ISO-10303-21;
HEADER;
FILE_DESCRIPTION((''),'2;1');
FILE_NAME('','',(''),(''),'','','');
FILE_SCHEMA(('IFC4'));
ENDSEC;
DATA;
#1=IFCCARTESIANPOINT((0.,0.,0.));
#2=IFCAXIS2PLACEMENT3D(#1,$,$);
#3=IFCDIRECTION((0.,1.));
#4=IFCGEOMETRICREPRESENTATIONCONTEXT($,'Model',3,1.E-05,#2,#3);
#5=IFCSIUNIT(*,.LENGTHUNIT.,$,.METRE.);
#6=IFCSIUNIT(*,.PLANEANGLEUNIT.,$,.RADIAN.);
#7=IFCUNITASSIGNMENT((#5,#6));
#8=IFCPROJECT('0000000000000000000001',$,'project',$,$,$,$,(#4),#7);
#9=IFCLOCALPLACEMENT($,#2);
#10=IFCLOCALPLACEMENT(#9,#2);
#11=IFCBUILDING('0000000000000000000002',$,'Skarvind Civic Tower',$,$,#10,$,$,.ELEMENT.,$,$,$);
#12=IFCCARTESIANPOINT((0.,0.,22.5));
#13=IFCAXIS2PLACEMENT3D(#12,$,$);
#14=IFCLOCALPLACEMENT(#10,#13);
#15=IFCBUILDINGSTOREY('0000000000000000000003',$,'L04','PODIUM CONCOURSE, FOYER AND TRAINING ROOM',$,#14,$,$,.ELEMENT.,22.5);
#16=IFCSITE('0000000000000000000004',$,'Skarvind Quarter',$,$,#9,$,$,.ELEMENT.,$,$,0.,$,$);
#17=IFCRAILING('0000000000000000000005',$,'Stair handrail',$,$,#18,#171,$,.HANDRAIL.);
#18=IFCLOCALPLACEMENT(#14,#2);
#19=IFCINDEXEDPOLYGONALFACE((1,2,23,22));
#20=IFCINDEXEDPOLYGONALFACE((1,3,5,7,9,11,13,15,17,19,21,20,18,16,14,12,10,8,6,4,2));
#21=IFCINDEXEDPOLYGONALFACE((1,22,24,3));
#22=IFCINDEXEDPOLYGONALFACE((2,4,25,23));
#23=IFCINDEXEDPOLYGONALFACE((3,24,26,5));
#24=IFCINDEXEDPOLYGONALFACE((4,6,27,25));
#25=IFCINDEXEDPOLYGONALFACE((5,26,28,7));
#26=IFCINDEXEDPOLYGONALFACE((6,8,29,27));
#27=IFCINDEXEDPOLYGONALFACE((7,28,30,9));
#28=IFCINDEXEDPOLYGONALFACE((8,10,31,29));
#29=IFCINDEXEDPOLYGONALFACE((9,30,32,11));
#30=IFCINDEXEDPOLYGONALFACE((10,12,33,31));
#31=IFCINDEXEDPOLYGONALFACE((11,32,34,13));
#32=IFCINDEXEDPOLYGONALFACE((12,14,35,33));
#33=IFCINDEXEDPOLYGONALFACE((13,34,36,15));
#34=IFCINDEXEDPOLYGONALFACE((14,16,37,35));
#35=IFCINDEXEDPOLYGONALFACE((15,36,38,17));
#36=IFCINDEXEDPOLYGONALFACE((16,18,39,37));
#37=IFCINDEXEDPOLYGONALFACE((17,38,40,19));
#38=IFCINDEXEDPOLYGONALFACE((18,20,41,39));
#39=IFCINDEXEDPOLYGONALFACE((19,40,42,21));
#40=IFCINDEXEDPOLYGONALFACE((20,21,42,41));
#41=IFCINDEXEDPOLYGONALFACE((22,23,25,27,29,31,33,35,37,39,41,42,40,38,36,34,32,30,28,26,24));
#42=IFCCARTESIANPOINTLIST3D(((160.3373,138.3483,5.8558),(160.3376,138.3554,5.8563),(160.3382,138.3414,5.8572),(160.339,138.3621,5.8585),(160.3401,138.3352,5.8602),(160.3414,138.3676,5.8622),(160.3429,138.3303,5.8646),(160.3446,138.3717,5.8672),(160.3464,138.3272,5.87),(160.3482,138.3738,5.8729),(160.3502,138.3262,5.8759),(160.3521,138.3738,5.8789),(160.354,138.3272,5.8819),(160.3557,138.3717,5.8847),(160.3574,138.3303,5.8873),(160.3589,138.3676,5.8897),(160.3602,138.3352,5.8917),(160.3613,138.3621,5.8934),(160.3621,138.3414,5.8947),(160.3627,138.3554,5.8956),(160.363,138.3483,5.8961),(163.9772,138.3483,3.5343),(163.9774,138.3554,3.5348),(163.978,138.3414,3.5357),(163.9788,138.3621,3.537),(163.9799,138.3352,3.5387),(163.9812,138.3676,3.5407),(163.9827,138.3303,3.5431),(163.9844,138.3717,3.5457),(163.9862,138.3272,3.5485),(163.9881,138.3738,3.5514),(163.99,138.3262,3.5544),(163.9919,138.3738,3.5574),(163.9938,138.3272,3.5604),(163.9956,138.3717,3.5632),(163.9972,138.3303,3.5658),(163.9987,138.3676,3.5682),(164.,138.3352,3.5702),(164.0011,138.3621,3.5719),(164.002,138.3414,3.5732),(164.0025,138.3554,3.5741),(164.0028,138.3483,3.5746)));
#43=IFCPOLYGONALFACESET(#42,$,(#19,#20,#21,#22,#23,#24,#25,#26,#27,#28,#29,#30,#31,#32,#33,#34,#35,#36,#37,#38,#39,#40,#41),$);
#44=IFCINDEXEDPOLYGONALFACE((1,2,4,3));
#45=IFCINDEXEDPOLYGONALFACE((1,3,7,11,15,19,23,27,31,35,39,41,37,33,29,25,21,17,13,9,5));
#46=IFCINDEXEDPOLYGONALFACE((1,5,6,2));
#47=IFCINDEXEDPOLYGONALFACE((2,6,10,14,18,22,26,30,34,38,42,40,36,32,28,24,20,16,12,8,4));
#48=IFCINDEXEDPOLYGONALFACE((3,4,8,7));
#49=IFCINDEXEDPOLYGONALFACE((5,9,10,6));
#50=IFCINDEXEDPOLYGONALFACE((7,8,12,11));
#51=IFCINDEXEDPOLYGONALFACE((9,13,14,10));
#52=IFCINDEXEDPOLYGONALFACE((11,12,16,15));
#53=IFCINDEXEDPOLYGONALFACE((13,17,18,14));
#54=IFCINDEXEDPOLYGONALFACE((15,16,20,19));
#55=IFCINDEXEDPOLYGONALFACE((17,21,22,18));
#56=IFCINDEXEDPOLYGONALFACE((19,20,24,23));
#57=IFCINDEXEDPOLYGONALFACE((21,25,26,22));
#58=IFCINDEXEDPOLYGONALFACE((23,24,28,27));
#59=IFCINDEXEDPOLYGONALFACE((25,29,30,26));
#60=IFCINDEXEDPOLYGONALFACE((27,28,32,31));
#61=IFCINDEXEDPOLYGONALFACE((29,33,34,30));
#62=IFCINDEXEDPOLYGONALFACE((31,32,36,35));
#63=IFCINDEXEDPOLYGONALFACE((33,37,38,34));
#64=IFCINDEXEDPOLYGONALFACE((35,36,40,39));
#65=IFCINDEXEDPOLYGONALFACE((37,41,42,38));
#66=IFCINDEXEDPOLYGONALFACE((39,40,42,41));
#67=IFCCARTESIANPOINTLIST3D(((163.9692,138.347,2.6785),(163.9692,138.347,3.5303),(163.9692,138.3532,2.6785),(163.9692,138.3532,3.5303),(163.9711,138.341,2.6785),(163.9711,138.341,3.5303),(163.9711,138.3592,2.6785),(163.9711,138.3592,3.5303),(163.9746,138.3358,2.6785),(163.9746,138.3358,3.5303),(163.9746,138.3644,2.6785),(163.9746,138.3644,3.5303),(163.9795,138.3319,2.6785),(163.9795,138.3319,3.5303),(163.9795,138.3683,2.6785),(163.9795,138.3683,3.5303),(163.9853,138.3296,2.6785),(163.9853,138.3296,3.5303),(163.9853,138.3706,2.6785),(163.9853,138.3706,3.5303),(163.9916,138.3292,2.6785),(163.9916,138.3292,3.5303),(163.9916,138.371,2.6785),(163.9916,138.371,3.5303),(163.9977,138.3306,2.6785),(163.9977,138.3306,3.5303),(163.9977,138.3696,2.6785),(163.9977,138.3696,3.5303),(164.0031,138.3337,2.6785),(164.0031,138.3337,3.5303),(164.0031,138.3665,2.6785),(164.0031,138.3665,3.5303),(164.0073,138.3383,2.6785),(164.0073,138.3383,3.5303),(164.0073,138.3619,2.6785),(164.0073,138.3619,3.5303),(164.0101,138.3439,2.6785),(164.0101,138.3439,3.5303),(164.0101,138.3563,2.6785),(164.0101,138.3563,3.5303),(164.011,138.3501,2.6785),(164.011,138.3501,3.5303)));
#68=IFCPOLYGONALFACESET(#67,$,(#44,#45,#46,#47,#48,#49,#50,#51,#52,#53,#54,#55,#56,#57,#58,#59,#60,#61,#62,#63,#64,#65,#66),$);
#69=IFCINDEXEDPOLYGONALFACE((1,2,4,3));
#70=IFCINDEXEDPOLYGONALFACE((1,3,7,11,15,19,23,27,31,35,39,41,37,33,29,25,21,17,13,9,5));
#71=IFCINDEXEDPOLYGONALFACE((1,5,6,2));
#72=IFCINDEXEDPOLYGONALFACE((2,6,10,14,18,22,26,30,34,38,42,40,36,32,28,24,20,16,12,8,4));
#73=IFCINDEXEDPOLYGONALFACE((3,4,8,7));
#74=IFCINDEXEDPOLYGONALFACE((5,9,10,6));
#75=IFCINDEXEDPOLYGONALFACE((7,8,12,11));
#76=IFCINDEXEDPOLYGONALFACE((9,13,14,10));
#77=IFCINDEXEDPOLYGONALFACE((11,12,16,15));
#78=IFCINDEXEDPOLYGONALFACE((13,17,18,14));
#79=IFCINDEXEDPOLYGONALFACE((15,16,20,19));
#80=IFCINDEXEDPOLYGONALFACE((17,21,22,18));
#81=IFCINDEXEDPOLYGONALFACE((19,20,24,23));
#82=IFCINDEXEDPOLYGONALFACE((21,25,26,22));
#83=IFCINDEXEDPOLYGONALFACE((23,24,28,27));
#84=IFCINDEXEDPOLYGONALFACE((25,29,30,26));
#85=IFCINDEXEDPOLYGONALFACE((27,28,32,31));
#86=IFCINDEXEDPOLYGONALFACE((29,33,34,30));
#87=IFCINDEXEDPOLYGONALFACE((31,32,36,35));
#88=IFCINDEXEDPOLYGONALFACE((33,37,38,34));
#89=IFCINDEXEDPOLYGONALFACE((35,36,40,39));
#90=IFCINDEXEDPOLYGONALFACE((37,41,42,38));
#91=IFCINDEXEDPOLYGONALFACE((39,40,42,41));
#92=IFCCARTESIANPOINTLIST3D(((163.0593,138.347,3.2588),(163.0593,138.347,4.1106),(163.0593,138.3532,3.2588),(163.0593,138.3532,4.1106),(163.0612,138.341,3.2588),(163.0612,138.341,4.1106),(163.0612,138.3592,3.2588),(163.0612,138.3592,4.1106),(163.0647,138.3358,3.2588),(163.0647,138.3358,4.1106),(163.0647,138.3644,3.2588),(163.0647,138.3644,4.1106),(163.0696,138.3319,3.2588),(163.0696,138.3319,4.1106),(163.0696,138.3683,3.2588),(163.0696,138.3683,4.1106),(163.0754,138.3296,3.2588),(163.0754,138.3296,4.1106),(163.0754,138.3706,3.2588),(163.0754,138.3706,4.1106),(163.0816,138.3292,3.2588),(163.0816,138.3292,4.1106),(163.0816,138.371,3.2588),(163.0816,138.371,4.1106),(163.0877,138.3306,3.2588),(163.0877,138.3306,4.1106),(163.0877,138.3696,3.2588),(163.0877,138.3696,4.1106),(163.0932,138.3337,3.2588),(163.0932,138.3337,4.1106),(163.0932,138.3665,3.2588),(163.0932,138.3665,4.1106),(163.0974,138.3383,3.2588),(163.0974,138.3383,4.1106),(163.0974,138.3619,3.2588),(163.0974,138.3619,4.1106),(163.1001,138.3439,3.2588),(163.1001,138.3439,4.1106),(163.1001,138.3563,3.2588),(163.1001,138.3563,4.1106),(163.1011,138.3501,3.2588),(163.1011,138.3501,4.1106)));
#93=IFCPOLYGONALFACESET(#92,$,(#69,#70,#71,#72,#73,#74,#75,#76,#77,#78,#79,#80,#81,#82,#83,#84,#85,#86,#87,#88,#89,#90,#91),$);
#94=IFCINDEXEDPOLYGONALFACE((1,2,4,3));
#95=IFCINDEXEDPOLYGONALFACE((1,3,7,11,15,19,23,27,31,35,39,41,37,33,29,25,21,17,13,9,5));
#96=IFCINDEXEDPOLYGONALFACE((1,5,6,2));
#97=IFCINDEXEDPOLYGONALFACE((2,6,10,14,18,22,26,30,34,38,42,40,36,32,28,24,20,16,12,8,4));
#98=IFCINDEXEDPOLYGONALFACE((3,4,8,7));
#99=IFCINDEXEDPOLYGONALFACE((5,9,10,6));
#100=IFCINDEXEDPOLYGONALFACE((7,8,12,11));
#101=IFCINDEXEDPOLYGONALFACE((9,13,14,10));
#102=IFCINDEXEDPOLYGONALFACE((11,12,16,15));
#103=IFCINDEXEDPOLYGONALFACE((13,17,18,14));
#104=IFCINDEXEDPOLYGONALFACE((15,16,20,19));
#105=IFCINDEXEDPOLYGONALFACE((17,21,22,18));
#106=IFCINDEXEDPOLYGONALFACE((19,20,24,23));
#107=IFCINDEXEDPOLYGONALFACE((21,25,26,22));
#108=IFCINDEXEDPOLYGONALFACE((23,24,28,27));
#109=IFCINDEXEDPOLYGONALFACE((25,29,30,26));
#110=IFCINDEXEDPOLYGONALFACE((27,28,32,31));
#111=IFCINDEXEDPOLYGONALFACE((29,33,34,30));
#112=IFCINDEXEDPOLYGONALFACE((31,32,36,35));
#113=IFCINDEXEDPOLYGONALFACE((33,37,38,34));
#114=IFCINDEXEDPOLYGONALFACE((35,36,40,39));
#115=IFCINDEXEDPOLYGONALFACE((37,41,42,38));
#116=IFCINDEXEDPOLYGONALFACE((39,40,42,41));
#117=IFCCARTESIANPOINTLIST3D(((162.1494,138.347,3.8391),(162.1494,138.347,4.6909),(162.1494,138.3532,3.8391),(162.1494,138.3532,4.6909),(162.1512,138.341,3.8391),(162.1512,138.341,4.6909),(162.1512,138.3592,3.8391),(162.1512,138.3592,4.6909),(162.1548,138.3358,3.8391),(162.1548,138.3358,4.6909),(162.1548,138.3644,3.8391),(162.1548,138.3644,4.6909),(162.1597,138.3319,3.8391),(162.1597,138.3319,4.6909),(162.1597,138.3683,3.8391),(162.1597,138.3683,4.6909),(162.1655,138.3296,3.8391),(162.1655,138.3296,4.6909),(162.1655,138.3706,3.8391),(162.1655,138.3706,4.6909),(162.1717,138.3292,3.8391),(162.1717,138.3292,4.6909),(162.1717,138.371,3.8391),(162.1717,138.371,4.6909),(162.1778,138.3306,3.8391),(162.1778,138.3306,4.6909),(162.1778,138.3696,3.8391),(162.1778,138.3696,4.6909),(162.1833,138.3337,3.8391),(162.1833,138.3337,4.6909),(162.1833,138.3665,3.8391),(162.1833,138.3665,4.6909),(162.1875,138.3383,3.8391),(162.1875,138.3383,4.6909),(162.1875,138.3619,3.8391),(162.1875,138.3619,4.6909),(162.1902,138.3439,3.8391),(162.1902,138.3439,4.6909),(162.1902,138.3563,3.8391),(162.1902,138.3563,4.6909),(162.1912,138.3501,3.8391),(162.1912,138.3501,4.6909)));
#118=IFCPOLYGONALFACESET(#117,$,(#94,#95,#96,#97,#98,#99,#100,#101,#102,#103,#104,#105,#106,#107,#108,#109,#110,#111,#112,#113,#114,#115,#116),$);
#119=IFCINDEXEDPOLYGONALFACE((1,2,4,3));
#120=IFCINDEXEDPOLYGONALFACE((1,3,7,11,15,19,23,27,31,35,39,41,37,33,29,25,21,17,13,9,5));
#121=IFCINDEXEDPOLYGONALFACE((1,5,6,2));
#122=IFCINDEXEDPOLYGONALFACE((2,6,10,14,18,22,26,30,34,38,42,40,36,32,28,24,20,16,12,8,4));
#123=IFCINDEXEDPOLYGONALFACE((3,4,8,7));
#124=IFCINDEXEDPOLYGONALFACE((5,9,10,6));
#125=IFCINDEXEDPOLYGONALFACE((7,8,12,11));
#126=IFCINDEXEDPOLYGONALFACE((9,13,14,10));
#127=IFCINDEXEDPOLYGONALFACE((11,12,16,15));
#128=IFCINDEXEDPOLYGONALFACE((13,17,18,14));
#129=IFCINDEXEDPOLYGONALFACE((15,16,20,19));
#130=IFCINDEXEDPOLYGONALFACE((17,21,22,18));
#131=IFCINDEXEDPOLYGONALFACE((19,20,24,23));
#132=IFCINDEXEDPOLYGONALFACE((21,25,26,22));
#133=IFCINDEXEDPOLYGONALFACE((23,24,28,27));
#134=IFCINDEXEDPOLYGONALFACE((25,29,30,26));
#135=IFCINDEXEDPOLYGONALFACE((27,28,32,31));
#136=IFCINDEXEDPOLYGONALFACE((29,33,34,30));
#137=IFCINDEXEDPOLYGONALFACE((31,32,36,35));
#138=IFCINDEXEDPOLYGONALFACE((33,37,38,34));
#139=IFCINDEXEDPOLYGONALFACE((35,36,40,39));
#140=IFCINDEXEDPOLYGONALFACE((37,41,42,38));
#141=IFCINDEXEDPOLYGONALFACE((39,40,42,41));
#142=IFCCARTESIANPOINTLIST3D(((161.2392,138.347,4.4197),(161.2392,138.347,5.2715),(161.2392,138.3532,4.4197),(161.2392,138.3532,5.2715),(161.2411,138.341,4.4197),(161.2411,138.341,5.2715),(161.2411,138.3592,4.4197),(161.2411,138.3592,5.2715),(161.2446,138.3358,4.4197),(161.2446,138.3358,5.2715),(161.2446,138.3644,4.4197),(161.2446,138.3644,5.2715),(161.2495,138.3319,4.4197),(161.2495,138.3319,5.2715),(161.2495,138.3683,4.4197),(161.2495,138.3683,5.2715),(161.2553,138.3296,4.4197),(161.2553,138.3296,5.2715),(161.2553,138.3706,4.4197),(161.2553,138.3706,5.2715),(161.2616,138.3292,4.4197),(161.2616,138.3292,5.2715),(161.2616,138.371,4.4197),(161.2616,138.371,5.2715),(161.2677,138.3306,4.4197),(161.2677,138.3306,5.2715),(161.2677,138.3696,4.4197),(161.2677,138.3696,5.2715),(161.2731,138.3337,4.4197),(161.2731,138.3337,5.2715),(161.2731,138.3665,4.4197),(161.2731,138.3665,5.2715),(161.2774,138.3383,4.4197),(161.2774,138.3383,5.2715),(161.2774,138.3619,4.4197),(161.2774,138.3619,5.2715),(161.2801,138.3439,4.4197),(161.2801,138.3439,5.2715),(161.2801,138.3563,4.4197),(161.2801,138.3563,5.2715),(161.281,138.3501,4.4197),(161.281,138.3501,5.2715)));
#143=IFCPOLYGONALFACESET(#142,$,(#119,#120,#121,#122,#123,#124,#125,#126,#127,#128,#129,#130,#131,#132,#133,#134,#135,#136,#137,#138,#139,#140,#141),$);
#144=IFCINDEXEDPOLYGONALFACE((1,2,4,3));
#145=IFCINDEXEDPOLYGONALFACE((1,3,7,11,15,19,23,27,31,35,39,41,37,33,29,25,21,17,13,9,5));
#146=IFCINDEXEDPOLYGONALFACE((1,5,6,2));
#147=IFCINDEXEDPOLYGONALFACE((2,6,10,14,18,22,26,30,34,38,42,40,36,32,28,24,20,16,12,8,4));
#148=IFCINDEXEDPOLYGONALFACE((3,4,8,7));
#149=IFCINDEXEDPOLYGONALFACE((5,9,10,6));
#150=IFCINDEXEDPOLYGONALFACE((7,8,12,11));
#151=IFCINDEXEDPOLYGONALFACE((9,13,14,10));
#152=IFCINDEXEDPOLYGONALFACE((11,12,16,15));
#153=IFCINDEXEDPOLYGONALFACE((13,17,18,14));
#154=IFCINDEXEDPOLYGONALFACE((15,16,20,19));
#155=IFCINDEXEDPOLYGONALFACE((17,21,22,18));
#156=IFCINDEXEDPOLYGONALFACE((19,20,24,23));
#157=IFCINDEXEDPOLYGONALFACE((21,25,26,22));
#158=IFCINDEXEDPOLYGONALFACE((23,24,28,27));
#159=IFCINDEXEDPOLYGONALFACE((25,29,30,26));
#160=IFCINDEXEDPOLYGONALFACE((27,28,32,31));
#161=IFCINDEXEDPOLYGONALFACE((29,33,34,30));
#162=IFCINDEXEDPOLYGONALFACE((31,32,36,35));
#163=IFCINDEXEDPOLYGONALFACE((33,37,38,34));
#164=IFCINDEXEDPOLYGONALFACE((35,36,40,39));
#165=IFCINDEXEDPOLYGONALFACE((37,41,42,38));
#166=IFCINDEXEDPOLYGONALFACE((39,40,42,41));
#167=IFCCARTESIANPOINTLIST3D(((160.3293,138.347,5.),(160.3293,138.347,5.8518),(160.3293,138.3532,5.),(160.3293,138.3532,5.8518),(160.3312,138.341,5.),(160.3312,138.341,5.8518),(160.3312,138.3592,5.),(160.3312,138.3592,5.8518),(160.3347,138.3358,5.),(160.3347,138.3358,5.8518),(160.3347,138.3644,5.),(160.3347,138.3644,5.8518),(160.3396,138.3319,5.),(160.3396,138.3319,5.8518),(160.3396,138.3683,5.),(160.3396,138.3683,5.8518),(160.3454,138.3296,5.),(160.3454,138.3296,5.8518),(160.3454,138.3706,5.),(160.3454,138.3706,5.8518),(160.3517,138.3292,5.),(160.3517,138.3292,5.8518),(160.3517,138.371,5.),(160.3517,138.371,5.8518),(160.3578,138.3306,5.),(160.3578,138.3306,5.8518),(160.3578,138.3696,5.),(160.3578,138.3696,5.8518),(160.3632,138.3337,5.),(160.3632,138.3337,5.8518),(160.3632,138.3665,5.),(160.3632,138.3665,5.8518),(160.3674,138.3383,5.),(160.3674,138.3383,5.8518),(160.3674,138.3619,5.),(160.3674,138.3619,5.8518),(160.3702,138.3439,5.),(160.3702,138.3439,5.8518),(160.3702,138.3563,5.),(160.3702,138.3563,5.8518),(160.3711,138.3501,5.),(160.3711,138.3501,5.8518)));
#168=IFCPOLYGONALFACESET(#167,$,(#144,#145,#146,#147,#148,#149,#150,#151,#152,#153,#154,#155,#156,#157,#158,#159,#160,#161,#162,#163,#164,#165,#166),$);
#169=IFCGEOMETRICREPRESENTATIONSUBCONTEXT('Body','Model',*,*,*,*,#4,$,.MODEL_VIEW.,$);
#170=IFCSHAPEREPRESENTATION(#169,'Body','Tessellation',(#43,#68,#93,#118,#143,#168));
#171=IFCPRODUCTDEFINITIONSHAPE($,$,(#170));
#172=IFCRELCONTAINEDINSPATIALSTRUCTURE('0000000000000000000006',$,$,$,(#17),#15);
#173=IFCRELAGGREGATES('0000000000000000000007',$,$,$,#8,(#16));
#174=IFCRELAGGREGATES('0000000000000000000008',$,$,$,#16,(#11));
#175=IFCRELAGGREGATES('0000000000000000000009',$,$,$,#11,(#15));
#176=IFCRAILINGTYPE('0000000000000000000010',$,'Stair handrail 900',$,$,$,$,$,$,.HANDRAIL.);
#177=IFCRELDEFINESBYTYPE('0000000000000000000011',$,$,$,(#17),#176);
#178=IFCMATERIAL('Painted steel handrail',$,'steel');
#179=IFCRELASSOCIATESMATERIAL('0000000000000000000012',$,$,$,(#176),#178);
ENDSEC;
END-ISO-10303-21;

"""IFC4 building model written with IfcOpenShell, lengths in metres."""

from ifc_helpers import new_model, si_unit, direction, frame, origin, origin_2d, place, context, subcontext, project, spatial, circle, extrude, material, type_object, element, save


model = new_model("IFC4")

# Units and contexts
model_context = context("Model", 3, precision=1e-05, world=origin(), true_north=direction((0.0, 1.0)))
body_context = subcontext(model_context, "Body", "Model", "MODEL_VIEW")
ifc_project = project(units=[si_unit("LENGTHUNIT", "METRE"), si_unit("PLANEANGLEUNIT", "RADIAN")], contexts=[model_context])

# Site, building, storey
site_placement = place(None, origin())
site = spatial("IfcSite", under=ifc_project, at=site_placement, Name="Skarvind Quarter", CompositionType="ELEMENT", RefElevation=0.0)
building_placement = place(site_placement, origin())
building = spatial("IfcBuilding", under=site, at=building_placement, Name="Skarvind Civic Tower", CompositionType="ELEMENT")
storey_placement = place(building_placement, frame((0.0, 0.0, 22.5)))
storey = spatial("IfcBuildingStorey", under=building, at=storey_placement, Name="L04", Description="PODIUM CONCOURSE, FOYER AND TRAINING ROOM", CompositionType="ELEMENT", Elevation=22.5)

# Railing
ifc_material_1 = material(Name="Painted steel handrail", Category="steel")
railing_type = type_object("IfcRailingType", Name="Stair handrail 900", PredefinedType="HANDRAIL", material=ifc_material_1)
railing_placement = place(storey_placement, frame((163.99, 138.3501, 2.6785)))
element("IfcRailing", 1, at=railing_placement, inside=storey, type_object=railing_type, Name="Stair handrail", PredefinedType="HANDRAIL", context=body_context, shape_type="SweptSolid", body=[
    extrude(circle(Radius=0.0239, at=origin_2d()), frame((0.0, 0.0, 0.876), z_axis=(-0.843112, 0.0, 0.537739), x_axis=(0.0, -1.0, 0.0)), (0.0, 0.0, 1.0), 4.3171),
    extrude(circle(Radius=0.021, at=origin_2d()), origin(), (0.0, 0.0, 1.0), 0.8518),
    extrude(circle(Radius=0.021, at=origin_2d()), frame((-0.9099, 0.0, 0.5803)), (0.0, 0.0, 1.0), 0.8518),
    extrude(circle(Radius=0.021, at=origin_2d()), frame((-1.8198, 0.0, 1.1606)), (0.0, 0.0, 1.0), 0.8518),
    extrude(circle(Radius=0.021, at=origin_2d()), frame((-2.73, 0.0, 1.7412)), (0.0, 0.0, 1.0), 0.8518),
    extrude(circle(Radius=0.021, at=origin_2d()), frame((-3.6399, 0.0, 2.3215)), (0.0, 0.0, 1.0), 0.8518),
])

save(model, "model.ifc")
